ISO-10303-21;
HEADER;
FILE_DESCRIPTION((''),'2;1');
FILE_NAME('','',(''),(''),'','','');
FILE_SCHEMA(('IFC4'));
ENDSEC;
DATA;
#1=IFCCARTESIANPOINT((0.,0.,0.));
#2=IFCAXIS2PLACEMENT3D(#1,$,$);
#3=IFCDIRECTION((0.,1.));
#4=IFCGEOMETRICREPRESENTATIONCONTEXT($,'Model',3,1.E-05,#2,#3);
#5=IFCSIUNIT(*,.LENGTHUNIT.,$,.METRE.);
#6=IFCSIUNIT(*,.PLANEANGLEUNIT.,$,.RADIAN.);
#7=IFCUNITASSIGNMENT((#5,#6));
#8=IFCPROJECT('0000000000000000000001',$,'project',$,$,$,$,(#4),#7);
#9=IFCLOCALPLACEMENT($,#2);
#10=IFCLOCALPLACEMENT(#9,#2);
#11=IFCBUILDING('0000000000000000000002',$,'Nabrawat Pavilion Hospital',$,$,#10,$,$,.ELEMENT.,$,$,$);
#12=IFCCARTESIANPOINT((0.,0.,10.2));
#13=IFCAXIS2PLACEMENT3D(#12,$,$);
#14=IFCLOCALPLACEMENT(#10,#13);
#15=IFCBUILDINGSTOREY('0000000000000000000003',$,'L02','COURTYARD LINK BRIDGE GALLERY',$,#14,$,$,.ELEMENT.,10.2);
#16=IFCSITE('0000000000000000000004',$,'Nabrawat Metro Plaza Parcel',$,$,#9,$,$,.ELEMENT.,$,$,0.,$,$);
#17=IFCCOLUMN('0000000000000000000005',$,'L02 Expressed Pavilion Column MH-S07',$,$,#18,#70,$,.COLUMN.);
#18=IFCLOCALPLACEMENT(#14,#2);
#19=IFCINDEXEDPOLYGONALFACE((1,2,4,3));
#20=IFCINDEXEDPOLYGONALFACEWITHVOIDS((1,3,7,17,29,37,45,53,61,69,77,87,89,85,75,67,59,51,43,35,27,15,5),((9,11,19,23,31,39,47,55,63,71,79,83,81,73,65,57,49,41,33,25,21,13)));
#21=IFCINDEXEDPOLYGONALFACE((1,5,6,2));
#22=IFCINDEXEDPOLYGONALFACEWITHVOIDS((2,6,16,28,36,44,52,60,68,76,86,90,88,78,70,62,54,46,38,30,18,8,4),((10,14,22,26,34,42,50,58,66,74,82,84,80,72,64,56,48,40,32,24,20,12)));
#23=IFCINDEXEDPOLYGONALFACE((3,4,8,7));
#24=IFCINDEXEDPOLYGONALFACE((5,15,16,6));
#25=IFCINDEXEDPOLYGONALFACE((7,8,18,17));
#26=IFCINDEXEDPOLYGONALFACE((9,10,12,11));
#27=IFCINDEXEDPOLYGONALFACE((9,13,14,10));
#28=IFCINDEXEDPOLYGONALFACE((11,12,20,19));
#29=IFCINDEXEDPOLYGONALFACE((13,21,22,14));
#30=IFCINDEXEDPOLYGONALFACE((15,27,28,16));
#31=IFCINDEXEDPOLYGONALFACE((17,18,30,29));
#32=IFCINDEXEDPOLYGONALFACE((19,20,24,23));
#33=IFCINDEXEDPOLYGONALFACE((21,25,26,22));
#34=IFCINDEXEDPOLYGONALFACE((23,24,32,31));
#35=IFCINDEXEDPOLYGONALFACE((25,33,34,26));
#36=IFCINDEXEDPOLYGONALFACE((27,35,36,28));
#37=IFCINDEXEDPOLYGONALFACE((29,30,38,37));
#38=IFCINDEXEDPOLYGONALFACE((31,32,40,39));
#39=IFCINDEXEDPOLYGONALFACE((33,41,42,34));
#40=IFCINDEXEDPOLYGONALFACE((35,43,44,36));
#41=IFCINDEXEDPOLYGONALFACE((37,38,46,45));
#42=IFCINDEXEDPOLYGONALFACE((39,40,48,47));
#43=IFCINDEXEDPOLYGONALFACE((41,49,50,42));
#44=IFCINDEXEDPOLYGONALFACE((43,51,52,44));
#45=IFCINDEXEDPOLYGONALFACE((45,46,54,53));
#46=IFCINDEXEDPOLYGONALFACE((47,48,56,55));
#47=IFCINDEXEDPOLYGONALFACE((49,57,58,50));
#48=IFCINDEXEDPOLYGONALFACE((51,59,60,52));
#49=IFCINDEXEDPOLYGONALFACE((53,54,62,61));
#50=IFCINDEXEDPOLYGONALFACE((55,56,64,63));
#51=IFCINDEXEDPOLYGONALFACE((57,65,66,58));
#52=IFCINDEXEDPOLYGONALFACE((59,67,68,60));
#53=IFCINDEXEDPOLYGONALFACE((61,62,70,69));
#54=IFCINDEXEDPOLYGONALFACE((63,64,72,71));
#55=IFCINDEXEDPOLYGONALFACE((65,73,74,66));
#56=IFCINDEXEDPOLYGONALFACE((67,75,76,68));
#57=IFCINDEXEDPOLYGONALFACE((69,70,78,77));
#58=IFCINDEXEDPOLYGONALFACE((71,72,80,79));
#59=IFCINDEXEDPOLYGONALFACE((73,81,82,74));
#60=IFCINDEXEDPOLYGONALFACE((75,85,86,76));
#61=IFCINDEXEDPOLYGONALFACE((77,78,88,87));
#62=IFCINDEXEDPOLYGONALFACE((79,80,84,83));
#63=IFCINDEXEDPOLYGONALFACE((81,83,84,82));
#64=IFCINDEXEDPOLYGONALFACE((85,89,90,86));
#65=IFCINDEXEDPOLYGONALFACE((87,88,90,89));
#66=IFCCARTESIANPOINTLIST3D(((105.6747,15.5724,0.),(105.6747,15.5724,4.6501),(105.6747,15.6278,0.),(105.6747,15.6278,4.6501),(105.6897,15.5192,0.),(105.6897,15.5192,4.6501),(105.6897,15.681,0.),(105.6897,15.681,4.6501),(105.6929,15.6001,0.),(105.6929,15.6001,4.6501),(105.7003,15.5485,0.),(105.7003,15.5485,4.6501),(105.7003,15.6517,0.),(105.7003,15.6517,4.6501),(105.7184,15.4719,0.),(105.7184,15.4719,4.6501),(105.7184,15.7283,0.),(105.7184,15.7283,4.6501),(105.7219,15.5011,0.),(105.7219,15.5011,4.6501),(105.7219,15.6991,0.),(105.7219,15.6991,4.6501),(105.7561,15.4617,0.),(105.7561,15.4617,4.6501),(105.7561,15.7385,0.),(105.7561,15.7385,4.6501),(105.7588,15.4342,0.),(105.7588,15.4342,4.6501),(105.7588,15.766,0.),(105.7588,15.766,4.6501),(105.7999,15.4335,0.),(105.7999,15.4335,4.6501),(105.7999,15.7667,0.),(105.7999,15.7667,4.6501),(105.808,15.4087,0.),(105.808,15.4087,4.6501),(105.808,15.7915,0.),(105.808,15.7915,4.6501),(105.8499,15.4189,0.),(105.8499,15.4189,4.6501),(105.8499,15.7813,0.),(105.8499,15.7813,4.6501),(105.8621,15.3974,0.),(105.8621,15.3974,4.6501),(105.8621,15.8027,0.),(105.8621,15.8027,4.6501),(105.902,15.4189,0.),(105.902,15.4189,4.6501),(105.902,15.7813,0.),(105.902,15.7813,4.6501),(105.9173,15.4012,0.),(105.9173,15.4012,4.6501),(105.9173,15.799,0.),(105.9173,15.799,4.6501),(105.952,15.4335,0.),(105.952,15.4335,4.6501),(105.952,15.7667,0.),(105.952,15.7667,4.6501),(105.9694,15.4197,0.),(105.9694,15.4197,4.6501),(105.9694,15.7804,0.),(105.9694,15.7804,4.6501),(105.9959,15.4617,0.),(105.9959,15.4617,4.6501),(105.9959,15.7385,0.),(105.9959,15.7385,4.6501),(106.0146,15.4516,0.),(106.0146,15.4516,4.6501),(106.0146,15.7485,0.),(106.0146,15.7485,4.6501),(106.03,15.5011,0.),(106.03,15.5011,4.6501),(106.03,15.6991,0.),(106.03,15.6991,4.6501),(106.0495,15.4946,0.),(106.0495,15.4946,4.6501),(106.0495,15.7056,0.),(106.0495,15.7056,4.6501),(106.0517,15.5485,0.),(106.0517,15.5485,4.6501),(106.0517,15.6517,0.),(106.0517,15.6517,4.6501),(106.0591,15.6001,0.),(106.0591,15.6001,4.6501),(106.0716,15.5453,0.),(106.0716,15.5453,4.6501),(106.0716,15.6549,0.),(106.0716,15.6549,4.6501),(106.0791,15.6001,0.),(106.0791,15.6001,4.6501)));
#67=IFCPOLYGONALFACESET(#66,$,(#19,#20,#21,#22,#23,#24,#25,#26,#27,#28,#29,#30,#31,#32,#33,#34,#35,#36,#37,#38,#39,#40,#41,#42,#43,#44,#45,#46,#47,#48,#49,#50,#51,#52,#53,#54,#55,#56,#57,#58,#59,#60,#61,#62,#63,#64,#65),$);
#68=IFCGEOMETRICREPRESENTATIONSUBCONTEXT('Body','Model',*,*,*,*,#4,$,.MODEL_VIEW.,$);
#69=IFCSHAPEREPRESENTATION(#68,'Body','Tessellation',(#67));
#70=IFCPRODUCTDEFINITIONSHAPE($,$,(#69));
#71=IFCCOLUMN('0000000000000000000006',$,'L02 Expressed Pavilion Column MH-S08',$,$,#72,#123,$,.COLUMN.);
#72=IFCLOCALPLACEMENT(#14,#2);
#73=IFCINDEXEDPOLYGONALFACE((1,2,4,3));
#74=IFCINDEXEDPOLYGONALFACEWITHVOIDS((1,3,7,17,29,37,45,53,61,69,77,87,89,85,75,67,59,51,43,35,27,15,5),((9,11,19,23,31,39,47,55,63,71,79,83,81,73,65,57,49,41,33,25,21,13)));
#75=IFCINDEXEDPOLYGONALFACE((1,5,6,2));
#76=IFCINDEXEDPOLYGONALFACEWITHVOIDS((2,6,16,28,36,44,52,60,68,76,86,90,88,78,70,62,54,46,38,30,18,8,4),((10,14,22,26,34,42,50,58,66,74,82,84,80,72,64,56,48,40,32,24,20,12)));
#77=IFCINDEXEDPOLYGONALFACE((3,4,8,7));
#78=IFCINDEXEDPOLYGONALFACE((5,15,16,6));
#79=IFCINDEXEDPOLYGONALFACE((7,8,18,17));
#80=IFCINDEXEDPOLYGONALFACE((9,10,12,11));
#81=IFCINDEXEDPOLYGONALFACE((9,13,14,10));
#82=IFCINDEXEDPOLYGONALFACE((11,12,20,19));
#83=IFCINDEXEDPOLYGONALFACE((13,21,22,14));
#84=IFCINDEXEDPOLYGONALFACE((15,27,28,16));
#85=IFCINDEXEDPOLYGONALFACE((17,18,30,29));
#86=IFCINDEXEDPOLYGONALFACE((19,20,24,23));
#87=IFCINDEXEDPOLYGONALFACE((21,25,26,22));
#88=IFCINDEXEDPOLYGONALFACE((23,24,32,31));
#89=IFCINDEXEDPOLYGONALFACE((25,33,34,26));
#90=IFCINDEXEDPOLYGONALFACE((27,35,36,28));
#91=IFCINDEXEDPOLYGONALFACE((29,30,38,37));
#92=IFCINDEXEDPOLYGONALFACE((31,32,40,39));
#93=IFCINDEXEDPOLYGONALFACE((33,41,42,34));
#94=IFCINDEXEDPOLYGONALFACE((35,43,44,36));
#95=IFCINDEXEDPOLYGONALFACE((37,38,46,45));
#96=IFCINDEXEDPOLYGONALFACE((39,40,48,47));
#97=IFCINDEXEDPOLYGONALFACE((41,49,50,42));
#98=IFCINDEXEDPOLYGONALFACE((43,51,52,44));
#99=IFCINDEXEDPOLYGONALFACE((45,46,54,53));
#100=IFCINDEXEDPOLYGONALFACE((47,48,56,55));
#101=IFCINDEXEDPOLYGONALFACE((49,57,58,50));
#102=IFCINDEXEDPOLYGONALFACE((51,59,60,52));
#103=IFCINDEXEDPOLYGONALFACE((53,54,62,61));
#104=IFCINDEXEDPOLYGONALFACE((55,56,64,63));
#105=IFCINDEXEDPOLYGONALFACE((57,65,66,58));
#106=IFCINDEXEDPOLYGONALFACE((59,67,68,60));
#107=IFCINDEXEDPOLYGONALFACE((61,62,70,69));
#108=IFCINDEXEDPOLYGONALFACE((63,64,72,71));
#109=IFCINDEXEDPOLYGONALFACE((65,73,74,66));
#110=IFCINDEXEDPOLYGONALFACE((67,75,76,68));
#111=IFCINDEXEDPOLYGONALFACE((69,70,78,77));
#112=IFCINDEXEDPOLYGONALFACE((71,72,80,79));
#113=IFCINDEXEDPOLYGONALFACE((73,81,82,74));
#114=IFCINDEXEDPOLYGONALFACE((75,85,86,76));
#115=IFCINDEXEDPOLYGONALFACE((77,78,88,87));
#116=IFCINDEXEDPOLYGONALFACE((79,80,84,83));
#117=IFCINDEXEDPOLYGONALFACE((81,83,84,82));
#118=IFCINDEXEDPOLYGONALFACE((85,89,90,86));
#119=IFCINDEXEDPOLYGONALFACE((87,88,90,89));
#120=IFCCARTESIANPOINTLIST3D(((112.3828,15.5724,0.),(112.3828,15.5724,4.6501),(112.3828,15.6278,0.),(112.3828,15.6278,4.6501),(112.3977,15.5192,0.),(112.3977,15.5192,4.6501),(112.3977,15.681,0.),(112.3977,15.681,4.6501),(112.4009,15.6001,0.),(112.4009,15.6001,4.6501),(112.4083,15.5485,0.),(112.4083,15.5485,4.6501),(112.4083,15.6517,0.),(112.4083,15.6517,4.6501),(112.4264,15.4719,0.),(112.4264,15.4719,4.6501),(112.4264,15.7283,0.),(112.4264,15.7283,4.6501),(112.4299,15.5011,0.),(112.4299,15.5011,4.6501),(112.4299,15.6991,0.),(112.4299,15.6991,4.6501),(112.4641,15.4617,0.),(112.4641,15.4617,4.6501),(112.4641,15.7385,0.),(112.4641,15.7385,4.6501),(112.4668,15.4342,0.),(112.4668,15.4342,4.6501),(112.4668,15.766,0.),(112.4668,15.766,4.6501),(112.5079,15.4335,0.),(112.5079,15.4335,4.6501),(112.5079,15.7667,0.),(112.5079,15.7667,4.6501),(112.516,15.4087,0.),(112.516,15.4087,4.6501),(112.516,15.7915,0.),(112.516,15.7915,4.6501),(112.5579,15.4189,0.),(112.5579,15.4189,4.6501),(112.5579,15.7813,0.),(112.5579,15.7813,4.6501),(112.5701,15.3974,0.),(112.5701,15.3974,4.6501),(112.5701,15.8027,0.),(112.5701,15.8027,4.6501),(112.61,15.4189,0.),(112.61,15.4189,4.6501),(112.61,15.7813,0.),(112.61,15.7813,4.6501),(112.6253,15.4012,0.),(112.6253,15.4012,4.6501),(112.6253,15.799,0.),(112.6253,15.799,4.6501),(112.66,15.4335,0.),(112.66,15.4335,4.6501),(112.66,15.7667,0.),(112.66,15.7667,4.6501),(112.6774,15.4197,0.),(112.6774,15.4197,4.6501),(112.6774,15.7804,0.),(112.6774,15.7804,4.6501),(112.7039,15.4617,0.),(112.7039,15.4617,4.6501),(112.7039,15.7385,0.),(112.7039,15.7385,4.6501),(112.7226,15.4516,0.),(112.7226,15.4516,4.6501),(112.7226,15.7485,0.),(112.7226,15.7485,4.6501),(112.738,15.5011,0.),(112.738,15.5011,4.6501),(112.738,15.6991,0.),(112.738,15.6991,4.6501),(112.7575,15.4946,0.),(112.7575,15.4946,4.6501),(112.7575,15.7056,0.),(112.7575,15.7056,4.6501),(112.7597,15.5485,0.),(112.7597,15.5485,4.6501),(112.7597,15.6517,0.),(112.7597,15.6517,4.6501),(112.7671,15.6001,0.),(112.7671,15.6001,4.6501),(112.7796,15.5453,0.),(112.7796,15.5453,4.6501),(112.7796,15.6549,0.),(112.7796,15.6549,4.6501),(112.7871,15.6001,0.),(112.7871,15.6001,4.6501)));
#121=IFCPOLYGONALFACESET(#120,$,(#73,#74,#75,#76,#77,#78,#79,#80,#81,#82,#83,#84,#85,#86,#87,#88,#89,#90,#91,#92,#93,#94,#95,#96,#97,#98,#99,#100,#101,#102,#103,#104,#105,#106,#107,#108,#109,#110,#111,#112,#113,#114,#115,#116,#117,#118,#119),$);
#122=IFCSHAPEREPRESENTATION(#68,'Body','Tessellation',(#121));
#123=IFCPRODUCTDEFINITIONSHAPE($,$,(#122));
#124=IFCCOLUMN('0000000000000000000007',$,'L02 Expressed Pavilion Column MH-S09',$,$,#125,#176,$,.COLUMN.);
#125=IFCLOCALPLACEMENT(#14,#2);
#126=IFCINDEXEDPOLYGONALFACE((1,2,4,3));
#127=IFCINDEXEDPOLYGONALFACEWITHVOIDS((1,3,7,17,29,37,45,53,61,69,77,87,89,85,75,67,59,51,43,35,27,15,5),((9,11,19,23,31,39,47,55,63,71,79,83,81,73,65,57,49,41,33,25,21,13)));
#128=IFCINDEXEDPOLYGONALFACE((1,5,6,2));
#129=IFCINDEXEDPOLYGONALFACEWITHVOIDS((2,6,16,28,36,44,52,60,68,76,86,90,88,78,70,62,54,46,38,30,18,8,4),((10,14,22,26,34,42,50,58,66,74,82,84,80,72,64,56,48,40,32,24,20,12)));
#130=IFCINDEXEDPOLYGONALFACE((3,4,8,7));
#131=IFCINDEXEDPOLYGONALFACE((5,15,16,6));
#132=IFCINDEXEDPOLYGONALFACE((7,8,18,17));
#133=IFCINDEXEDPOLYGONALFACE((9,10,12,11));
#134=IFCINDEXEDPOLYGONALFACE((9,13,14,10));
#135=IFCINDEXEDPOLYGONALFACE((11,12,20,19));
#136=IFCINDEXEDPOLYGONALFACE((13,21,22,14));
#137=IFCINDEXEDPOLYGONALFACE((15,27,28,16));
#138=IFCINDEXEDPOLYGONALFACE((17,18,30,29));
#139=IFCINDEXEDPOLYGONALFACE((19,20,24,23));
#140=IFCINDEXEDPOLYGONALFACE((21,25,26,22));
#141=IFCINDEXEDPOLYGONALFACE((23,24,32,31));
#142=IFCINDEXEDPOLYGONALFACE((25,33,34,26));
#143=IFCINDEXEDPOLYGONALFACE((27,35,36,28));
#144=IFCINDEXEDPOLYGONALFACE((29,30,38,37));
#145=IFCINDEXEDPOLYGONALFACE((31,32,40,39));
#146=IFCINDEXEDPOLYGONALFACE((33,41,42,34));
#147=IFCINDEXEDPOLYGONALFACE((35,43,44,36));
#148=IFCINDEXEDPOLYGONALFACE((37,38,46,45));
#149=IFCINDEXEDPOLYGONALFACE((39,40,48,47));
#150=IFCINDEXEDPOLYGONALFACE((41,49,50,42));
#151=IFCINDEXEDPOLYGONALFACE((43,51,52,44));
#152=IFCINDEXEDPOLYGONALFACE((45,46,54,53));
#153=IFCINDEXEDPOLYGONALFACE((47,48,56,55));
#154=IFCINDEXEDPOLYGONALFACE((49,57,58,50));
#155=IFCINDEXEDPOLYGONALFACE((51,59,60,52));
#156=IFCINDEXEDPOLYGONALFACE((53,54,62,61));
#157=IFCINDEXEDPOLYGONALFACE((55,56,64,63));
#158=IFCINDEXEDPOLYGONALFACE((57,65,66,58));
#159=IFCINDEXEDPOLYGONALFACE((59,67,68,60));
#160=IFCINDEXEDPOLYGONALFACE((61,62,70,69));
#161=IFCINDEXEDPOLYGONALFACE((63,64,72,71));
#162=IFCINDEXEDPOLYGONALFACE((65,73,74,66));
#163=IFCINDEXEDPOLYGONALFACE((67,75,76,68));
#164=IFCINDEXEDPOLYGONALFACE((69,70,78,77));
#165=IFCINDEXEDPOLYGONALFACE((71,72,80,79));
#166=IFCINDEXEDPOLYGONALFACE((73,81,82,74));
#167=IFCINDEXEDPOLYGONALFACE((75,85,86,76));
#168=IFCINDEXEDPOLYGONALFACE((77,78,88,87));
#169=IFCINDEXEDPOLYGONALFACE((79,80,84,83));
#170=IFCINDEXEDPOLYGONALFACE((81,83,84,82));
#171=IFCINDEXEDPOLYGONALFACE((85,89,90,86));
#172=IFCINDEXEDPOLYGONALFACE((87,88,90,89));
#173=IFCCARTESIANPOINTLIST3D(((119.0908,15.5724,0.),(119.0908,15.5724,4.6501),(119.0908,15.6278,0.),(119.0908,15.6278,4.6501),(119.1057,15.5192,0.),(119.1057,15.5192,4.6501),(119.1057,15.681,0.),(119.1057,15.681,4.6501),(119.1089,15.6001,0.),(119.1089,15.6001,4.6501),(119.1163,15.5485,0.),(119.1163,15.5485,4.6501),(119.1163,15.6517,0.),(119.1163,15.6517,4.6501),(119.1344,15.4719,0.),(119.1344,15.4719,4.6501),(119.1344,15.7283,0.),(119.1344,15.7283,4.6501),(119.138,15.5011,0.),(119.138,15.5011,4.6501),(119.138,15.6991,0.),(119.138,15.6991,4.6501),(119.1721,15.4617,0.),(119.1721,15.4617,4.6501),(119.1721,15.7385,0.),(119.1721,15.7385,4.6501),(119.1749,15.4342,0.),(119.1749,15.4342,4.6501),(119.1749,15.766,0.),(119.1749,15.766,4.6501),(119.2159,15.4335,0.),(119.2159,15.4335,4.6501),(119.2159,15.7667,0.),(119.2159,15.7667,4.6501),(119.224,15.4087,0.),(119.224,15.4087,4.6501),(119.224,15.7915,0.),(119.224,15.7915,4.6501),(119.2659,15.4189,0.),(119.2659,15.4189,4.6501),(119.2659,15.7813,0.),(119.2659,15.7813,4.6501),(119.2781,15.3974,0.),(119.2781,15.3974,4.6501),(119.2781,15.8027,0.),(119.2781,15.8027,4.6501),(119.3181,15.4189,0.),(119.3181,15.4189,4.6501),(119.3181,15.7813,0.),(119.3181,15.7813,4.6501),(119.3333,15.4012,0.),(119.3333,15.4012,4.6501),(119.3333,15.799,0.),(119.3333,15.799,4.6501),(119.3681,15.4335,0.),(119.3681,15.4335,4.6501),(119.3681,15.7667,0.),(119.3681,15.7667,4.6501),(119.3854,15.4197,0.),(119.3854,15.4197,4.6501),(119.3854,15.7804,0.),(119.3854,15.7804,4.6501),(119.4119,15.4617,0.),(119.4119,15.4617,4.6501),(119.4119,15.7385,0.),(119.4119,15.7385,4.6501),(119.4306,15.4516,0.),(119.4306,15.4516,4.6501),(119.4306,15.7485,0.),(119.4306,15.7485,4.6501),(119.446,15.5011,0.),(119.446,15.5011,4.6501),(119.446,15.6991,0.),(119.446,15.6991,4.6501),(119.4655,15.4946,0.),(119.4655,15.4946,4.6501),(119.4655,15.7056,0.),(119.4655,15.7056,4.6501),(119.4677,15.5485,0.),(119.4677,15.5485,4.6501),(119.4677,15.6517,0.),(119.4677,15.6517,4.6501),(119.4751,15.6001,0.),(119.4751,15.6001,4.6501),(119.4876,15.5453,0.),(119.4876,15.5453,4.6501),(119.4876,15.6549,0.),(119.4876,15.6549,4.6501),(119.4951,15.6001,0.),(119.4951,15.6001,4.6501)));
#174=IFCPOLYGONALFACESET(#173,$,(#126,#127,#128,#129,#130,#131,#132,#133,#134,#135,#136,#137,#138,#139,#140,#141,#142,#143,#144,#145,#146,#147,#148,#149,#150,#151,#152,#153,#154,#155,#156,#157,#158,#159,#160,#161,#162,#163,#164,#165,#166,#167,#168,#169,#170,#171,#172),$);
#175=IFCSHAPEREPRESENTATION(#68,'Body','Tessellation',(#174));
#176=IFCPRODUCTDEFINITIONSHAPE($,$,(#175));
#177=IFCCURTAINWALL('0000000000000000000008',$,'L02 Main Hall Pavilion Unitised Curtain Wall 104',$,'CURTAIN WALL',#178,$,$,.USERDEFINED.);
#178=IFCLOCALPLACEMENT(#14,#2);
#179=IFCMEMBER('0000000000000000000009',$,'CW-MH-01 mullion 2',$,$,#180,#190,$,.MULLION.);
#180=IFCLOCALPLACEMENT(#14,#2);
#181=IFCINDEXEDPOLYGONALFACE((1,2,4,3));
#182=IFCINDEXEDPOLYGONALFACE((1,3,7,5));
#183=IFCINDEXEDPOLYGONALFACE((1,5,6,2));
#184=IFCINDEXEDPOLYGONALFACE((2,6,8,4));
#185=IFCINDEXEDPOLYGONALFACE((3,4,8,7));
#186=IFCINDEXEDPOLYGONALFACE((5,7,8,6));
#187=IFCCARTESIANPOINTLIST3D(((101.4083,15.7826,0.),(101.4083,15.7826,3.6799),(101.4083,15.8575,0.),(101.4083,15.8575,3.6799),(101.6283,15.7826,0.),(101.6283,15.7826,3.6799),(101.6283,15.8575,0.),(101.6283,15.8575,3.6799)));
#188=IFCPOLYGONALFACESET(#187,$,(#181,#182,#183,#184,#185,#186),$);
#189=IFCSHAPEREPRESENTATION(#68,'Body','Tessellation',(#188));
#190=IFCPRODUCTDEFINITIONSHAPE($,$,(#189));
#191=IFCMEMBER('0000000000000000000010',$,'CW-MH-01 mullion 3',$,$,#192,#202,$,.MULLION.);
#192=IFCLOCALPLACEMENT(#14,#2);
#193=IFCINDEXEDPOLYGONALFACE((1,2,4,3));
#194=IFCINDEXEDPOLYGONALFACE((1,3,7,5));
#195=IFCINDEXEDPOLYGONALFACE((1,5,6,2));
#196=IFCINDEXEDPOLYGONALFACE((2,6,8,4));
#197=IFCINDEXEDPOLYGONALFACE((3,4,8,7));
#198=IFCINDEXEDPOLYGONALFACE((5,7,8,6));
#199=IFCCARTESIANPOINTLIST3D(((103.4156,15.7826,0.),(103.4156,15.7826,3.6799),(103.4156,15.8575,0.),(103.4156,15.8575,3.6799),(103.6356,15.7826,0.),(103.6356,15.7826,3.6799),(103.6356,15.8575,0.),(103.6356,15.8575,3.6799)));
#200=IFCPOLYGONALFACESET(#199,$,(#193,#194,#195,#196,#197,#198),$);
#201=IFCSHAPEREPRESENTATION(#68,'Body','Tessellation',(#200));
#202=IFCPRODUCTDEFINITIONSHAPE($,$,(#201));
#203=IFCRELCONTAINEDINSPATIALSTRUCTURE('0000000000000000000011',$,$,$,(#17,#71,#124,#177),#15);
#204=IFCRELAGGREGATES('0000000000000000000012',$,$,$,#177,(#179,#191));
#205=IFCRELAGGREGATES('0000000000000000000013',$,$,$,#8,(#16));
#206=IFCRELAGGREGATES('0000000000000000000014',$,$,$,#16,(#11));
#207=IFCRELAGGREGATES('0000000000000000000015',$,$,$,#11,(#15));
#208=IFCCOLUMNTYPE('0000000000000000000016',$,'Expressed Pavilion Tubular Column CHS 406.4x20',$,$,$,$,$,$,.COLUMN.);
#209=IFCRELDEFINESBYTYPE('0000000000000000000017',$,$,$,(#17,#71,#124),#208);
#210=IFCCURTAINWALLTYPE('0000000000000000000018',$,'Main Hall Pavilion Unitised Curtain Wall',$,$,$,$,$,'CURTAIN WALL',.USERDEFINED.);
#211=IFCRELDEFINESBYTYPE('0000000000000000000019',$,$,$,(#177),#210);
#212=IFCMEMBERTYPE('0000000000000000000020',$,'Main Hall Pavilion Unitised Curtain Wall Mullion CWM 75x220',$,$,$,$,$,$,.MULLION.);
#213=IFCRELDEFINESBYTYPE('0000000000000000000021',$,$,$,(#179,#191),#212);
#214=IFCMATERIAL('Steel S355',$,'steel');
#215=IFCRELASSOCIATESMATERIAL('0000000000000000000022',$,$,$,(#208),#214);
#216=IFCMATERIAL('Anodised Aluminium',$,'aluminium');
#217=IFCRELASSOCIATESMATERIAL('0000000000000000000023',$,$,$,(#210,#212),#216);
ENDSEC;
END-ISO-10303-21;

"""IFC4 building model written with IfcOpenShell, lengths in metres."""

from ifc_helpers import new_model, si_unit, direction, frame, origin, origin_2d, place, context, subcontext, project, spatial, rectangle, hollow_circle, extrude, material, material_profile, profile_set, type_object, element, aggregate, save


model = new_model("IFC4")

# Units and contexts
model_context = context("Model", 3, precision=1e-05, world=origin(), true_north=direction((0.0, 1.0)))
body_context = subcontext(model_context, "Body", "Model", "MODEL_VIEW")
ifc_project = project(units=[si_unit("LENGTHUNIT", "METRE"), si_unit("PLANEANGLEUNIT", "RADIAN")], contexts=[model_context])

# Site, building, storey
site_placement = place(None, origin())
site = spatial("IfcSite", under=ifc_project, at=site_placement, Name="Nabrawat Metro Plaza Parcel", CompositionType="ELEMENT", RefElevation=0.0)
building_placement = place(site_placement, origin())
building = spatial("IfcBuilding", under=site, at=building_placement, Name="Nabrawat Pavilion Hospital", CompositionType="ELEMENT")
storey_placement = place(building_placement, frame((0.0, 0.0, 10.2)))
storey = spatial("IfcBuildingStorey", under=building, at=storey_placement, Name="L02", Description="COURTYARD LINK BRIDGE GALLERY", CompositionType="ELEMENT", Elevation=10.2)

# Columns
ifc_material_1 = material(Name="Steel S355", Category="steel")
ifc_material_profile_1 = material_profile(ifc_material_1, hollow_circle(Radius=0.2031, WallThickness=0.02, at=origin_2d()), Name="CHS 406.4x20")
ifc_profile_set_1 = profile_set([ifc_material_profile_1], Name="Steel S355")
column_type = type_object("IfcColumnType", Name="Expressed Pavilion Tubular Column CHS 406.4x20", PredefinedType="COLUMN", material=ifc_profile_set_1)
for number, where, z_axis, x_axis, name in (
    (1, (105.876, 15.6001, 0.0), (0.0, 0.0, 1.0), (1.0, 0.0, 0.0), "L02 Expressed Pavilion Column MH-S07"),
    (2, (112.584, 15.6001, 0.0), (0.0, 0.0, 1.0), (1.0, 0.0, 0.0), "L02 Expressed Pavilion Column MH-S08"),
    (3, (119.292, 15.6001, 0.0), (0.0, 0.0, 1.0), (1.0, 0.0, 0.0), "L02 Expressed Pavilion Column MH-S09"),
):
    element("IfcColumn", number, at=place(storey_placement, frame(where, z_axis=z_axis, x_axis=x_axis)), inside=storey, type_object=column_type, Name=name, PredefinedType="COLUMN", context=body_context, shape_type="SweptSolid", body=[
        extrude(hollow_circle(Radius=0.2031, WallThickness=0.02, at=origin_2d()), origin(), (0.0, 0.0, 1.0), 4.6501),
    ])

# Curtain wall, members
ifc_material_2 = material(Name="Anodised Aluminium", Category="aluminium")
curtain_wall_type = type_object("IfcCurtainWallType", Name="Main Hall Pavilion Unitised Curtain Wall", ElementType="CURTAIN WALL", PredefinedType="USERDEFINED", material=ifc_material_2)
curtain_wall_1_placement = place(storey_placement, origin())
curtain_wall_1 = element("IfcCurtainWall", 4, at=curtain_wall_1_placement, inside=storey, type_object=curtain_wall_type, Name="L02 Main Hall Pavilion Unitised Curtain Wall 104", ObjectType="CURTAIN WALL", PredefinedType="USERDEFINED")
ifc_material_profile_2 = material_profile(ifc_material_2, rectangle(XDim=0.075, YDim=0.22, at=origin_2d()), Name="CWM 75x220")
ifc_profile_set_2 = profile_set([ifc_material_profile_2], Name="Anodised Aluminium")
member_type_1 = type_object("IfcMemberType", Name="Main Hall Pavilion Unitised Curtain Wall Mullion CWM 75x220", PredefinedType="MULLION", material=ifc_profile_set_2)
member_1_placement = place(storey_placement, frame((101.5183, 15.8201, 0.0), z_axis=(0.0, 0.0, 1.0), x_axis=(0.0, 1.0, 0.0)))
member_1 = element("IfcMember", 5, at=member_1_placement, type_object=member_type_1, Name="CW-MH-01 mullion 2", PredefinedType="MULLION", context=body_context, shape_type="SweptSolid", body=[
    extrude(rectangle(XDim=0.075, YDim=0.22, at=origin_2d()), origin(), (0.0, 0.0, 1.0), 3.6799),
])
member_2_placement = place(storey_placement, frame((103.5256, 15.8201, 0.0), z_axis=(0.0, 0.0, 1.0), x_axis=(0.0, 1.0, 0.0)))
member_2 = element("IfcMember", 6, at=member_2_placement, type_object=member_type_1, Name="CW-MH-01 mullion 3", PredefinedType="MULLION", context=body_context, shape_type="SweptSolid", body=[
    extrude(rectangle(XDim=0.075, YDim=0.22, at=origin_2d()), origin(), (0.0, 0.0, 1.0), 3.6799),
])

aggregate(curtain_wall_1, [member_1, member_2])

save(model, "model.ifc")
